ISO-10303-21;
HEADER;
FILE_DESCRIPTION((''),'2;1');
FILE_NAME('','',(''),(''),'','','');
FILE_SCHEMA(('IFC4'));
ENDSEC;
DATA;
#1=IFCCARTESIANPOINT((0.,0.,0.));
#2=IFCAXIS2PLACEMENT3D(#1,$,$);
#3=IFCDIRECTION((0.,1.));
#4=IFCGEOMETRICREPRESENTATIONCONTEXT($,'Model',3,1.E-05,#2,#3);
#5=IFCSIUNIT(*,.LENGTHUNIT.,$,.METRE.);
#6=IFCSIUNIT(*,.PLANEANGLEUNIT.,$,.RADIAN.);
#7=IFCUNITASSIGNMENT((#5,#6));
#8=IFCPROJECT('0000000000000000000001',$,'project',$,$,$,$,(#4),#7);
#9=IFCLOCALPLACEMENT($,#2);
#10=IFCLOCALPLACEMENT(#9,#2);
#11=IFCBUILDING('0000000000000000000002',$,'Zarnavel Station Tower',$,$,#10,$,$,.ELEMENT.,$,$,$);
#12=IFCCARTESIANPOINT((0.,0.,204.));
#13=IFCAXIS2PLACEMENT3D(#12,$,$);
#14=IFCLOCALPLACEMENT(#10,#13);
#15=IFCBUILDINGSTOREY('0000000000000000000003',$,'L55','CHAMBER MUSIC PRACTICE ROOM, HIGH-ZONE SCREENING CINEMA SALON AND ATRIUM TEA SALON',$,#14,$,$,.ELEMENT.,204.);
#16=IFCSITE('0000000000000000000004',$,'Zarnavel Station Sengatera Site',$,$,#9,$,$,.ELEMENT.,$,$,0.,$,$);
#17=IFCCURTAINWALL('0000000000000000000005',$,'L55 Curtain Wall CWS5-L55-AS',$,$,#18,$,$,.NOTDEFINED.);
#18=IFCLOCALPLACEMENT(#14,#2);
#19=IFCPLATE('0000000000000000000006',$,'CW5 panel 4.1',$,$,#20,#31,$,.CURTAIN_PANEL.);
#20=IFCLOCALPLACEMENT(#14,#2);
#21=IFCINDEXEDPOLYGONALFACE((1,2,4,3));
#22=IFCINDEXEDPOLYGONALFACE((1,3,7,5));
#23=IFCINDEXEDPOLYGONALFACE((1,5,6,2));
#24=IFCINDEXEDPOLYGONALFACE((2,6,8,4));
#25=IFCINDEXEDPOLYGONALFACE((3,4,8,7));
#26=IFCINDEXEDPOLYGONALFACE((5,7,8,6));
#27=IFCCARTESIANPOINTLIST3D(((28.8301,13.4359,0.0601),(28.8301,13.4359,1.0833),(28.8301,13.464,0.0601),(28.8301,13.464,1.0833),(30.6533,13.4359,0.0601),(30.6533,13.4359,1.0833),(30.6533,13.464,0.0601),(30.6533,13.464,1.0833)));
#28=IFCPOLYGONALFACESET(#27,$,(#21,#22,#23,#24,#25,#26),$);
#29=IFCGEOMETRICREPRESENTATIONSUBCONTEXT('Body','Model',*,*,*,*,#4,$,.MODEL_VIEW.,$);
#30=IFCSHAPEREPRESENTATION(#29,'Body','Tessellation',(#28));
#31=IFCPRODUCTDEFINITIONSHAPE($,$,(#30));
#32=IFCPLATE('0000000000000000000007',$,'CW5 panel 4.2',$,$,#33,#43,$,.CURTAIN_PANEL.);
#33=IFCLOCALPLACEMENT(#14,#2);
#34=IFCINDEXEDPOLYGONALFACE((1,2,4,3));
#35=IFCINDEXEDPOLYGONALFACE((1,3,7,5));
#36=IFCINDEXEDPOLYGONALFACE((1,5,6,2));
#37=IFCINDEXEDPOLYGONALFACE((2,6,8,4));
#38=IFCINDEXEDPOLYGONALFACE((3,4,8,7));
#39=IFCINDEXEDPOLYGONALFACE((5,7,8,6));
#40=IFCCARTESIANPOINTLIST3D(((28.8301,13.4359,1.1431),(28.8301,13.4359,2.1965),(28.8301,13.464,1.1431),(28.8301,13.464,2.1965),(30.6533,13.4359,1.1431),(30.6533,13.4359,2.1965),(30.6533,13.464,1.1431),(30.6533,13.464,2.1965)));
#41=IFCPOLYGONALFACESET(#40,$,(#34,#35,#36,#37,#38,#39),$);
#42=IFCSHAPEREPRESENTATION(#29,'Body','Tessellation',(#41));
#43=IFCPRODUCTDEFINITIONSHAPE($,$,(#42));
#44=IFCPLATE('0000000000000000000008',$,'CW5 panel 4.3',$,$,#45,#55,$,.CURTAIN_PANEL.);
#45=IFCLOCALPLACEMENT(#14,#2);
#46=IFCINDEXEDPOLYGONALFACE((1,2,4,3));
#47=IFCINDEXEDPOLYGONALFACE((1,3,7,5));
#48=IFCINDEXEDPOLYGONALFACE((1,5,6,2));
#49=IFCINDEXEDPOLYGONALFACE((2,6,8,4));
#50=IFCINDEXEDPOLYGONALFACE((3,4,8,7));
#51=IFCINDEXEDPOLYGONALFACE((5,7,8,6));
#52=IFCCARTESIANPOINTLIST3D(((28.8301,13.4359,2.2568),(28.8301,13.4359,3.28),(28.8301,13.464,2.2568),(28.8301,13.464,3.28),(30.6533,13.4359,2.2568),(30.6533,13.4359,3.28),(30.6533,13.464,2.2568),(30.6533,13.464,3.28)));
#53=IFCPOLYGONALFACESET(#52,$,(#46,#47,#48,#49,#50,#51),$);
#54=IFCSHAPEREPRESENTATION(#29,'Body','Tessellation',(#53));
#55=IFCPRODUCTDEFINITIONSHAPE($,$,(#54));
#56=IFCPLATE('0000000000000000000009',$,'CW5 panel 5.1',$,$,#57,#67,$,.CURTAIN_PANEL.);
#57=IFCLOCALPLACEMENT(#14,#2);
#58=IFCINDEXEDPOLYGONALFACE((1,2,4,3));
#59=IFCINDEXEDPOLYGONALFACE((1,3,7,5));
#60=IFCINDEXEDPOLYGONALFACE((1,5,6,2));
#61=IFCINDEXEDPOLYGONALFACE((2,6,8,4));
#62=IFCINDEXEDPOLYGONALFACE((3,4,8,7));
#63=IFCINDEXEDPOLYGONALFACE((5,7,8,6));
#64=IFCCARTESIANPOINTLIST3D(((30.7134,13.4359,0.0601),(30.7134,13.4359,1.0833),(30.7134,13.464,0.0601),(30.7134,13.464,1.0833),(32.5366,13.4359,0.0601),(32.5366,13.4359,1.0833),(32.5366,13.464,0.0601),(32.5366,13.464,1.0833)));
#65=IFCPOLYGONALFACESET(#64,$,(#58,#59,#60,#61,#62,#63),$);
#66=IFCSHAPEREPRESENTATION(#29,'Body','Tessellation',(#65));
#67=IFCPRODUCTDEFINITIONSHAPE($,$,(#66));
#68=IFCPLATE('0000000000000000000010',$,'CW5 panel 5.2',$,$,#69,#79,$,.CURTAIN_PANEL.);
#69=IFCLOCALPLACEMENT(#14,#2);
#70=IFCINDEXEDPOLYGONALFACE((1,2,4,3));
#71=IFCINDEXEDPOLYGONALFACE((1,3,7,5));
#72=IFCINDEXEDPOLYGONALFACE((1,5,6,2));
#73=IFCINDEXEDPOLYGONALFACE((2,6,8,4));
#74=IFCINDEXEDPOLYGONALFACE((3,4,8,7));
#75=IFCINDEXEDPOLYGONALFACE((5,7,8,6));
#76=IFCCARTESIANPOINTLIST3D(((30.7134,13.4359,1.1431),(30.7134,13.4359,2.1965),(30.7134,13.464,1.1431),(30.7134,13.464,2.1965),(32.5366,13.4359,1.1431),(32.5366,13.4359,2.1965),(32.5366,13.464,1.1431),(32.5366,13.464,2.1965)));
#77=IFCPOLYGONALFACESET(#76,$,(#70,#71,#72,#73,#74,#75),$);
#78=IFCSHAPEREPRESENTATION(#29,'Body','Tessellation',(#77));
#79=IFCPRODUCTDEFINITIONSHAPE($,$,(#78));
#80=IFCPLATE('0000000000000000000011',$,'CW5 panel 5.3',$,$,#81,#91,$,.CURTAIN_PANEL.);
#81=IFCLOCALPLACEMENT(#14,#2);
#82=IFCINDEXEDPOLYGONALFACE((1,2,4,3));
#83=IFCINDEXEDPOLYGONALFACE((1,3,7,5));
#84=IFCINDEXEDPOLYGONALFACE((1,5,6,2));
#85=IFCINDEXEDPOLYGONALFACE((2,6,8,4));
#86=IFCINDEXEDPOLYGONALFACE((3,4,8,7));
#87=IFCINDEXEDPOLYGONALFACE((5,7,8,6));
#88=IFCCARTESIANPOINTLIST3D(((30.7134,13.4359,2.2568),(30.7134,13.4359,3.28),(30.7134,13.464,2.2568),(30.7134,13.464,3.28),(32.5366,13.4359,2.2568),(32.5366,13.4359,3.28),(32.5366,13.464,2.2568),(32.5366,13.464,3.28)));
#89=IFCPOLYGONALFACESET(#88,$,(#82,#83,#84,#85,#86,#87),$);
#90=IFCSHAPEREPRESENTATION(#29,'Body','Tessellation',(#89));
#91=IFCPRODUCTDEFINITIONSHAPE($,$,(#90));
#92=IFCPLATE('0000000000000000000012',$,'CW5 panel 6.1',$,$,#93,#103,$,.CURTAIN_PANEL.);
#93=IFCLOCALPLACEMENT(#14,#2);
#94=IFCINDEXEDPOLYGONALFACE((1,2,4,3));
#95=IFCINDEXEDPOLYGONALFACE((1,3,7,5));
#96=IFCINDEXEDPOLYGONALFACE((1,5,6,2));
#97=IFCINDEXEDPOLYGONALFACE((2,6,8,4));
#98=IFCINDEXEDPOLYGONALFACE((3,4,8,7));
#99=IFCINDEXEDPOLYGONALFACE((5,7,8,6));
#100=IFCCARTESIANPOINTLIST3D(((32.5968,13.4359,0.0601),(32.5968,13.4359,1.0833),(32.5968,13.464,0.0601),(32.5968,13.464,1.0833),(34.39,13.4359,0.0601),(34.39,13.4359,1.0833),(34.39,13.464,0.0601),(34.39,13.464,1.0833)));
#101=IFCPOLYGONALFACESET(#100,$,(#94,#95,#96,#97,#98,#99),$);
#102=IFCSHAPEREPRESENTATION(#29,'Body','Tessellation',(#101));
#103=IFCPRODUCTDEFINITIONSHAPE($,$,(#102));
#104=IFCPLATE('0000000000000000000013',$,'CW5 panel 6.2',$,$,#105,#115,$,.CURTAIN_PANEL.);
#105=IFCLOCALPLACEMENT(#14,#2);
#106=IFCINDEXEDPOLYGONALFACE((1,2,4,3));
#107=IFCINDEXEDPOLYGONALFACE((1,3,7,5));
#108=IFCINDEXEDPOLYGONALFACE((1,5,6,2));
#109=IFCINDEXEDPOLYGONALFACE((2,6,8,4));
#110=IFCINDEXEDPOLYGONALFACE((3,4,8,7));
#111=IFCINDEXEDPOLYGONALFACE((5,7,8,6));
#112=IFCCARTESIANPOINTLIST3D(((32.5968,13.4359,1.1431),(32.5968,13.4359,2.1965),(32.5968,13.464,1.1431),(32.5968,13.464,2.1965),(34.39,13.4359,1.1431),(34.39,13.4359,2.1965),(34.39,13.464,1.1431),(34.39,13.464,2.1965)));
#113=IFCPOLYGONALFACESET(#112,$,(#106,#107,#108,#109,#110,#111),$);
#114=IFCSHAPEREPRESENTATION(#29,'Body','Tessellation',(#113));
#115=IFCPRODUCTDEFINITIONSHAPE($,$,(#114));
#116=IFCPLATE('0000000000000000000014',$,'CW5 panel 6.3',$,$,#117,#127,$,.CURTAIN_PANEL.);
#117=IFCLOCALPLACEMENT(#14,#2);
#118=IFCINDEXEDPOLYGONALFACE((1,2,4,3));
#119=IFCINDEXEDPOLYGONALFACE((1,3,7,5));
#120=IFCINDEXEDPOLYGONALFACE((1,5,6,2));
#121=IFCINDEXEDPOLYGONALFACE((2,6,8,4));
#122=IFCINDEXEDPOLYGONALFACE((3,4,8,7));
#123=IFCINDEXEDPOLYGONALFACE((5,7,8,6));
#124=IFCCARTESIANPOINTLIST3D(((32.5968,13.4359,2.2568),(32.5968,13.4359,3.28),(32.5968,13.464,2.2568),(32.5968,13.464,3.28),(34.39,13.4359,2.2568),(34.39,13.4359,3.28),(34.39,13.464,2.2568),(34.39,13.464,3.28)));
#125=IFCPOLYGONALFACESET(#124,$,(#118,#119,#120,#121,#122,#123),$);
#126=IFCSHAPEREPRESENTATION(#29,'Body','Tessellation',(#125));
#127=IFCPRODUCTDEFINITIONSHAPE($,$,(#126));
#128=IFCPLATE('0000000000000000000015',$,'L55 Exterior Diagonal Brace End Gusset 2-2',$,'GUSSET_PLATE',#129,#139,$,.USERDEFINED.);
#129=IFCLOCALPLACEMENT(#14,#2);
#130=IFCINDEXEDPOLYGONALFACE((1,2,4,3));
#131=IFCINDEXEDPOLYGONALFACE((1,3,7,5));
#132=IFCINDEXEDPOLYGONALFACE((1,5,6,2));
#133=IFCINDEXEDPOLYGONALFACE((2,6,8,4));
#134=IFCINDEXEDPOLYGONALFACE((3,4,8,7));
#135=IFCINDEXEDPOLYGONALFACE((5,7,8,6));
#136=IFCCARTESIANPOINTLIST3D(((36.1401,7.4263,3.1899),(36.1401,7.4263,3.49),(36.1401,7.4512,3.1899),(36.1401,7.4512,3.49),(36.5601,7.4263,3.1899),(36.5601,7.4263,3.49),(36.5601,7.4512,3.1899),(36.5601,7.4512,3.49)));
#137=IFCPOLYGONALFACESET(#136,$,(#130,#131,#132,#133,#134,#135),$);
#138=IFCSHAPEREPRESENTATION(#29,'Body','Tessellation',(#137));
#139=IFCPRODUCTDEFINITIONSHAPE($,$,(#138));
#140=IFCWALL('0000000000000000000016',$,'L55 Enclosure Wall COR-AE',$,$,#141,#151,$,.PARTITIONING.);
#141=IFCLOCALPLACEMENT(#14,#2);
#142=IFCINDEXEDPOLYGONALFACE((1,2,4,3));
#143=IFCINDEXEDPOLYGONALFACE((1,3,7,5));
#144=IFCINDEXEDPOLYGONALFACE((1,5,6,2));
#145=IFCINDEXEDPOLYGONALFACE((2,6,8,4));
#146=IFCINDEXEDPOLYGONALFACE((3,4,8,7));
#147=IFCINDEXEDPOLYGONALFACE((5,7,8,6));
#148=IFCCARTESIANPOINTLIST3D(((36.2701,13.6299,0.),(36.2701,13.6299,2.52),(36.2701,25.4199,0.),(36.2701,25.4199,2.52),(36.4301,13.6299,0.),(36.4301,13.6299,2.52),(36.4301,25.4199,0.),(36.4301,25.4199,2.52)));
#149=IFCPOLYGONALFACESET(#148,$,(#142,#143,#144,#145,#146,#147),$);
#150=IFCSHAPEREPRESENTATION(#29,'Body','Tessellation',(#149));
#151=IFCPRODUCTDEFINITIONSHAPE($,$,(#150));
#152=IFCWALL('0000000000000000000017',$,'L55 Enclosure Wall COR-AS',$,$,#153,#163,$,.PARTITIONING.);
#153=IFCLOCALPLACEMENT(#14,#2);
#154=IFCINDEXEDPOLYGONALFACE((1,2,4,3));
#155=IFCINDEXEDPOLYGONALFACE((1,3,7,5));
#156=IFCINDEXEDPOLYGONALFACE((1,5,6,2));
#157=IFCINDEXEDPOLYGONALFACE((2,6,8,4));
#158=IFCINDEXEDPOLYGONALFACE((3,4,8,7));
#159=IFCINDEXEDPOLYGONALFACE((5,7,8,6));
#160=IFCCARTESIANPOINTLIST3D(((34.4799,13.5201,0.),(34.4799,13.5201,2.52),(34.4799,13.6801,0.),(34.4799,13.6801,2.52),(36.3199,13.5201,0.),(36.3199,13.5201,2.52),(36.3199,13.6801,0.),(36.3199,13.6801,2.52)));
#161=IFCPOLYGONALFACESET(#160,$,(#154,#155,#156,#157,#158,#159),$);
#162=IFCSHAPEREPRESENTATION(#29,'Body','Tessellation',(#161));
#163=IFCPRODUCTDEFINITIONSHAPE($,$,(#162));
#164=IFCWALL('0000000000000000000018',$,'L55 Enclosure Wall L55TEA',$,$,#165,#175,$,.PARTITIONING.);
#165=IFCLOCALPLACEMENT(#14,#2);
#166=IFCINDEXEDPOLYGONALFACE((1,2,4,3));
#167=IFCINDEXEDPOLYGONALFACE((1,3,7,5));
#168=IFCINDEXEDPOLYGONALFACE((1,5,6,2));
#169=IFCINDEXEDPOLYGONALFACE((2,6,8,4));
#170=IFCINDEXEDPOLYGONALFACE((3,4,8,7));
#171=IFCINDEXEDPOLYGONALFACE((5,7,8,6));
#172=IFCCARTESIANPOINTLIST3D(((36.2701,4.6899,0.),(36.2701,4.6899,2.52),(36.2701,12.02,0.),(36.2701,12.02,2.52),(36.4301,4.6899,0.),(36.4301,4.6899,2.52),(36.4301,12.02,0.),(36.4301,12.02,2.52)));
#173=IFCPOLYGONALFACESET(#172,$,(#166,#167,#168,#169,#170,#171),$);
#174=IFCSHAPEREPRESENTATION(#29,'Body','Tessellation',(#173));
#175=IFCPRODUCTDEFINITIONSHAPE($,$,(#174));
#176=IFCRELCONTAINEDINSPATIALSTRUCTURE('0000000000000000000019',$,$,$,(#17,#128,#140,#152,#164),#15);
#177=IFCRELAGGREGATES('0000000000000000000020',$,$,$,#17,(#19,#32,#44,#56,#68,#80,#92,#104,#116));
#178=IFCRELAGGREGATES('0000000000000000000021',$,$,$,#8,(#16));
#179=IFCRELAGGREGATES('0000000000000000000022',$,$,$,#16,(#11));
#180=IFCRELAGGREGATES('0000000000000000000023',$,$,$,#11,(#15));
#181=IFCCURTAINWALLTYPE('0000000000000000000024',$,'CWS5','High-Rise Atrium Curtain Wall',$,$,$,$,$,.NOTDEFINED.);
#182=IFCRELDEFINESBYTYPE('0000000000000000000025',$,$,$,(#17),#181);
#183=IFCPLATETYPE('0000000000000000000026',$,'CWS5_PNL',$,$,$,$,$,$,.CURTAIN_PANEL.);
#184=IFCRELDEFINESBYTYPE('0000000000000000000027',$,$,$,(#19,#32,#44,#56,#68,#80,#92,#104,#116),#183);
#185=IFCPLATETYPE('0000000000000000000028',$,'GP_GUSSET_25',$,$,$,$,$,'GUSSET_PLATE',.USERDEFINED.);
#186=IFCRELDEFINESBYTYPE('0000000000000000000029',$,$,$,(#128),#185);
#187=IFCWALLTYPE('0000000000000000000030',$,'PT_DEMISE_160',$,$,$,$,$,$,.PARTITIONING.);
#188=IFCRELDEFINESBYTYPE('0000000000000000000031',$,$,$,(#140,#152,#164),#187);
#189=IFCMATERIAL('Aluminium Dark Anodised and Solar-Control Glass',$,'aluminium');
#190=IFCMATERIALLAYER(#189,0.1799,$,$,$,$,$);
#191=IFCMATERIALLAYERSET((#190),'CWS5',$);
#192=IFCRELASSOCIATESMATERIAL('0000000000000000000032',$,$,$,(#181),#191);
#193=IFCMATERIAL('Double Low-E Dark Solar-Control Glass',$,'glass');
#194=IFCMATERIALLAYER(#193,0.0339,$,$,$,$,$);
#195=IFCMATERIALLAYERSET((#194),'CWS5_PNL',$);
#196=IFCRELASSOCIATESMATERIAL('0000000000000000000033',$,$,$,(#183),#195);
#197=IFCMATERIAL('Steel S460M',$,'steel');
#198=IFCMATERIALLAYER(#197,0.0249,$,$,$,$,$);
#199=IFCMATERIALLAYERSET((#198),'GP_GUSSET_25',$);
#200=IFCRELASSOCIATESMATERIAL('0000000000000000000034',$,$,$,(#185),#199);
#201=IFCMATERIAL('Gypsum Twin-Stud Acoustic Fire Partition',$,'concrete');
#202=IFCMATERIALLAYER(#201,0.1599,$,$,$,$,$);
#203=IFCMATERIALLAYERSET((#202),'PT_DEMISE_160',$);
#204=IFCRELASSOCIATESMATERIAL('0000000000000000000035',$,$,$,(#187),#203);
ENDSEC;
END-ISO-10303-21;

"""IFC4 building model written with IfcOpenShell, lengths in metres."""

from ifc_helpers import new_model, si_unit, direction, frame, frame_2d, origin, origin_2d, place, context, subcontext, project, spatial, rectangle, extrude, material, layer, layer_set, type_object, element, aggregate, save


model = new_model("IFC4")

# Units and contexts
model_context = context("Model", 3, precision=1e-05, world=origin(), true_north=direction((0.0, 1.0)))
body_context = subcontext(model_context, "Body", "Model", "MODEL_VIEW")
ifc_project = project(units=[si_unit("LENGTHUNIT", "METRE"), si_unit("PLANEANGLEUNIT", "RADIAN")], contexts=[model_context])

# Site, building, storey
site_placement = place(None, origin())
site = spatial("IfcSite", under=ifc_project, at=site_placement, Name="Zarnavel Station Sengatera Site", CompositionType="ELEMENT", RefElevation=0.0)
building_placement = place(site_placement, origin())
building = spatial("IfcBuilding", under=site, at=building_placement, Name="Zarnavel Station Tower", CompositionType="ELEMENT")
storey_placement = place(building_placement, frame((0.0, 0.0, 204.0)))
storey = spatial("IfcBuildingStorey", under=building, at=storey_placement, Name="L55", Description="CHAMBER MUSIC PRACTICE ROOM, HIGH-ZONE SCREENING CINEMA SALON AND ATRIUM TEA SALON", CompositionType="ELEMENT", Elevation=204.0)

# Curtain wall
ifc_material_1 = material(Name="Aluminium Dark Anodised and Solar-Control Glass", Category="aluminium")
ifc_layer_1 = layer(ifc_material_1, 0.1799)
ifc_layer_set_1 = layer_set([ifc_layer_1], Name="CWS5")
curtain_wall_type = type_object("IfcCurtainWallType", Name="CWS5", Description="High-Rise Atrium Curtain Wall", PredefinedType="NOTDEFINED", material=ifc_layer_set_1)
curtain_wall_placement = place(storey_placement, origin())
curtain_wall = element("IfcCurtainWall", 1, at=curtain_wall_placement, inside=storey, type_object=curtain_wall_type, Name="L55 Curtain Wall CWS5-L55-AS", PredefinedType="NOTDEFINED")

# Plates
ifc_material_2 = material(Name="Double Low-E Dark Solar-Control Glass", Category="glass")
ifc_layer_2 = layer(ifc_material_2, 0.0339)
ifc_layer_set_2 = layer_set([ifc_layer_2], Name="CWS5_PNL")
plate_type_1 = type_object("IfcPlateType", Name="CWS5_PNL", PredefinedType="CURTAIN_PANEL", material=ifc_layer_set_2)
plate_1_placement = place(storey_placement, frame((29.7417, 13.45, 0.0601), z_axis=(0.0, 0.0, 1.0), x_axis=(1.0, 0.0, 0.0)))
plate_1 = element("IfcPlate", 2, at=plate_1_placement, type_object=plate_type_1, Name="CW5 panel 4.1", PredefinedType="CURTAIN_PANEL", context=body_context, shape_type="SweptSolid", body=[
    extrude(rectangle(XDim=1.8232, YDim=0.0281, at=origin_2d()), origin(), (0.0, 0.0, 1.0), 1.0232),
])
plate_2_placement = place(storey_placement, frame((29.7417, 13.45, 1.1431), z_axis=(0.0, 0.0, 1.0), x_axis=(1.0, 0.0, 0.0)))
plate_2 = element("IfcPlate", 3, at=plate_2_placement, type_object=plate_type_1, Name="CW5 panel 4.2", PredefinedType="CURTAIN_PANEL", context=body_context, shape_type="SweptSolid", body=[
    extrude(rectangle(XDim=1.8232, YDim=0.0281, at=origin_2d()), origin(), (0.0, 0.0, 1.0), 1.0535),
])
plate_3_placement = place(storey_placement, frame((29.7417, 13.45, 2.2568), z_axis=(0.0, 0.0, 1.0), x_axis=(1.0, 0.0, 0.0)))
plate_3 = element("IfcPlate", 4, at=plate_3_placement, type_object=plate_type_1, Name="CW5 panel 4.3", PredefinedType="CURTAIN_PANEL", context=body_context, shape_type="SweptSolid", body=[
    extrude(rectangle(XDim=1.8232, YDim=0.0281, at=origin_2d()), origin(), (0.0, 0.0, 1.0), 1.0232),
])
plate_4_placement = place(storey_placement, frame((31.625, 13.45, 0.0601), z_axis=(0.0, 0.0, 1.0), x_axis=(1.0, 0.0, 0.0)))
plate_4 = element("IfcPlate", 5, at=plate_4_placement, type_object=plate_type_1, Name="CW5 panel 5.1", PredefinedType="CURTAIN_PANEL", context=body_context, shape_type="SweptSolid", body=[
    extrude(rectangle(XDim=1.8232, YDim=0.0281, at=origin_2d()), origin(), (0.0, 0.0, 1.0), 1.0232),
])
plate_5_placement = place(storey_placement, frame((31.625, 13.45, 1.1431), z_axis=(0.0, 0.0, 1.0), x_axis=(1.0, 0.0, 0.0)))
plate_5 = element("IfcPlate", 6, at=plate_5_placement, type_object=plate_type_1, Name="CW5 panel 5.2", PredefinedType="CURTAIN_PANEL", context=body_context, shape_type="SweptSolid", body=[
    extrude(rectangle(XDim=1.8232, YDim=0.0281, at=origin_2d()), origin(), (0.0, 0.0, 1.0), 1.0535),
])
plate_6_placement = place(storey_placement, frame((31.625, 13.45, 2.2568), z_axis=(0.0, 0.0, 1.0), x_axis=(1.0, 0.0, 0.0)))
plate_6 = element("IfcPlate", 7, at=plate_6_placement, type_object=plate_type_1, Name="CW5 panel 5.3", PredefinedType="CURTAIN_PANEL", context=body_context, shape_type="SweptSolid", body=[
    extrude(rectangle(XDim=1.8232, YDim=0.0281, at=origin_2d()), origin(), (0.0, 0.0, 1.0), 1.0232),
])
plate_7_placement = place(storey_placement, frame((33.4934, 13.45, 0.0601), z_axis=(0.0, 0.0, 1.0), x_axis=(1.0, 0.0, 0.0)))
plate_7 = element("IfcPlate", 8, at=plate_7_placement, type_object=plate_type_1, Name="CW5 panel 6.1", PredefinedType="CURTAIN_PANEL", context=body_context, shape_type="SweptSolid", body=[
    extrude(rectangle(XDim=1.7932, YDim=0.0281, at=origin_2d()), origin(), (0.0, 0.0, 1.0), 1.0232),
])
plate_8_placement = place(storey_placement, frame((33.4934, 13.45, 1.1431), z_axis=(0.0, 0.0, 1.0), x_axis=(1.0, 0.0, 0.0)))
plate_8 = element("IfcPlate", 9, at=plate_8_placement, type_object=plate_type_1, Name="CW5 panel 6.2", PredefinedType="CURTAIN_PANEL", context=body_context, shape_type="SweptSolid", body=[
    extrude(rectangle(XDim=1.7932, YDim=0.0281, at=origin_2d()), origin(), (0.0, 0.0, 1.0), 1.0535),
])
plate_9_placement = place(storey_placement, frame((33.4934, 13.45, 2.2568), z_axis=(0.0, 0.0, 1.0), x_axis=(1.0, 0.0, 0.0)))
plate_9 = element("IfcPlate", 10, at=plate_9_placement, type_object=plate_type_1, Name="CW5 panel 6.3", PredefinedType="CURTAIN_PANEL", context=body_context, shape_type="SweptSolid", body=[
    extrude(rectangle(XDim=1.7932, YDim=0.0281, at=origin_2d()), origin(), (0.0, 0.0, 1.0), 1.0232),
])
aggregate(curtain_wall, [plate_1, plate_2, plate_3, plate_4, plate_5, plate_6, plate_7, plate_8, plate_9])
ifc_material_3 = material(Name="Steel S460M", Category="steel")
ifc_layer_3 = layer(ifc_material_3, 0.0249)
ifc_layer_set_3 = layer_set([ifc_layer_3], Name="GP_GUSSET_25")
plate_type_2 = type_object("IfcPlateType", Name="GP_GUSSET_25", ElementType="GUSSET_PLATE", PredefinedType="USERDEFINED", material=ifc_layer_set_3)
plate_10_placement = place(storey_placement, frame((36.3501, 7.4387, 3.1899), z_axis=(0.0, 0.0, 1.0), x_axis=(1.0, 0.0, 0.0)))
element("IfcPlate", 11, at=plate_10_placement, inside=storey, type_object=plate_type_2, Name="L55 Exterior Diagonal Brace End Gusset 2-2", ObjectType="GUSSET_PLATE", PredefinedType="USERDEFINED", context=body_context, shape_type="SweptSolid", body=[
    extrude(rectangle(XDim=0.4199, YDim=0.0249, at=origin_2d()), origin(), (0.0, 0.0, 1.0), 0.3),
])

# Walls
ifc_material_4 = material(Name="Gypsum Twin-Stud Acoustic Fire Partition", Category="concrete")
ifc_layer_4 = layer(ifc_material_4, 0.1599)
ifc_layer_set_4 = layer_set([ifc_layer_4], Name="PT_DEMISE_160")
wall_type = type_object("IfcWallType", Name="PT_DEMISE_160", PredefinedType="PARTITIONING", material=ifc_layer_set_4)
wall_1_placement = place(storey_placement, frame((36.3501, 13.6299, 0.0), z_axis=(0.0, 0.0, 1.0), x_axis=(0.0, 1.0, 0.0)))
element("IfcWall", 12, at=wall_1_placement, inside=storey, type_object=wall_type, Name="L55 Enclosure Wall COR-AE", PredefinedType="PARTITIONING", context=body_context, shape_type="SweptSolid", body=[
    extrude(rectangle(XDim=11.79, YDim=0.1599, at=frame_2d((5.895, 0.0))), origin(), (0.0, 0.0, 1.0), 2.52),
])
wall_2_placement = place(storey_placement, frame((34.48, 13.6001, 0.0), z_axis=(0.0, 0.0, 1.0), x_axis=(1.0, 0.0, 0.0)))
element("IfcWall", 13, at=wall_2_placement, inside=storey, type_object=wall_type, Name="L55 Enclosure Wall COR-AS", PredefinedType="PARTITIONING", context=body_context, shape_type="SweptSolid", body=[
    extrude(rectangle(XDim=1.8401, YDim=0.1599, at=frame_2d((0.9199, 0.0))), origin(), (0.0, 0.0, 1.0), 2.52),
])
wall_3_placement = place(storey_placement, frame((36.3501, 4.6899, 0.0), z_axis=(0.0, 0.0, 1.0), x_axis=(0.0, 1.0, 0.0)))
element("IfcWall", 14, at=wall_3_placement, inside=storey, type_object=wall_type, Name="L55 Enclosure Wall L55TEA", PredefinedType="PARTITIONING", context=body_context, shape_type="SweptSolid", body=[
    extrude(rectangle(XDim=7.3301, YDim=0.1599, at=frame_2d((3.665, 0.0))), origin(), (0.0, 0.0, 1.0), 2.52),
])

save(model, "model.ifc")
